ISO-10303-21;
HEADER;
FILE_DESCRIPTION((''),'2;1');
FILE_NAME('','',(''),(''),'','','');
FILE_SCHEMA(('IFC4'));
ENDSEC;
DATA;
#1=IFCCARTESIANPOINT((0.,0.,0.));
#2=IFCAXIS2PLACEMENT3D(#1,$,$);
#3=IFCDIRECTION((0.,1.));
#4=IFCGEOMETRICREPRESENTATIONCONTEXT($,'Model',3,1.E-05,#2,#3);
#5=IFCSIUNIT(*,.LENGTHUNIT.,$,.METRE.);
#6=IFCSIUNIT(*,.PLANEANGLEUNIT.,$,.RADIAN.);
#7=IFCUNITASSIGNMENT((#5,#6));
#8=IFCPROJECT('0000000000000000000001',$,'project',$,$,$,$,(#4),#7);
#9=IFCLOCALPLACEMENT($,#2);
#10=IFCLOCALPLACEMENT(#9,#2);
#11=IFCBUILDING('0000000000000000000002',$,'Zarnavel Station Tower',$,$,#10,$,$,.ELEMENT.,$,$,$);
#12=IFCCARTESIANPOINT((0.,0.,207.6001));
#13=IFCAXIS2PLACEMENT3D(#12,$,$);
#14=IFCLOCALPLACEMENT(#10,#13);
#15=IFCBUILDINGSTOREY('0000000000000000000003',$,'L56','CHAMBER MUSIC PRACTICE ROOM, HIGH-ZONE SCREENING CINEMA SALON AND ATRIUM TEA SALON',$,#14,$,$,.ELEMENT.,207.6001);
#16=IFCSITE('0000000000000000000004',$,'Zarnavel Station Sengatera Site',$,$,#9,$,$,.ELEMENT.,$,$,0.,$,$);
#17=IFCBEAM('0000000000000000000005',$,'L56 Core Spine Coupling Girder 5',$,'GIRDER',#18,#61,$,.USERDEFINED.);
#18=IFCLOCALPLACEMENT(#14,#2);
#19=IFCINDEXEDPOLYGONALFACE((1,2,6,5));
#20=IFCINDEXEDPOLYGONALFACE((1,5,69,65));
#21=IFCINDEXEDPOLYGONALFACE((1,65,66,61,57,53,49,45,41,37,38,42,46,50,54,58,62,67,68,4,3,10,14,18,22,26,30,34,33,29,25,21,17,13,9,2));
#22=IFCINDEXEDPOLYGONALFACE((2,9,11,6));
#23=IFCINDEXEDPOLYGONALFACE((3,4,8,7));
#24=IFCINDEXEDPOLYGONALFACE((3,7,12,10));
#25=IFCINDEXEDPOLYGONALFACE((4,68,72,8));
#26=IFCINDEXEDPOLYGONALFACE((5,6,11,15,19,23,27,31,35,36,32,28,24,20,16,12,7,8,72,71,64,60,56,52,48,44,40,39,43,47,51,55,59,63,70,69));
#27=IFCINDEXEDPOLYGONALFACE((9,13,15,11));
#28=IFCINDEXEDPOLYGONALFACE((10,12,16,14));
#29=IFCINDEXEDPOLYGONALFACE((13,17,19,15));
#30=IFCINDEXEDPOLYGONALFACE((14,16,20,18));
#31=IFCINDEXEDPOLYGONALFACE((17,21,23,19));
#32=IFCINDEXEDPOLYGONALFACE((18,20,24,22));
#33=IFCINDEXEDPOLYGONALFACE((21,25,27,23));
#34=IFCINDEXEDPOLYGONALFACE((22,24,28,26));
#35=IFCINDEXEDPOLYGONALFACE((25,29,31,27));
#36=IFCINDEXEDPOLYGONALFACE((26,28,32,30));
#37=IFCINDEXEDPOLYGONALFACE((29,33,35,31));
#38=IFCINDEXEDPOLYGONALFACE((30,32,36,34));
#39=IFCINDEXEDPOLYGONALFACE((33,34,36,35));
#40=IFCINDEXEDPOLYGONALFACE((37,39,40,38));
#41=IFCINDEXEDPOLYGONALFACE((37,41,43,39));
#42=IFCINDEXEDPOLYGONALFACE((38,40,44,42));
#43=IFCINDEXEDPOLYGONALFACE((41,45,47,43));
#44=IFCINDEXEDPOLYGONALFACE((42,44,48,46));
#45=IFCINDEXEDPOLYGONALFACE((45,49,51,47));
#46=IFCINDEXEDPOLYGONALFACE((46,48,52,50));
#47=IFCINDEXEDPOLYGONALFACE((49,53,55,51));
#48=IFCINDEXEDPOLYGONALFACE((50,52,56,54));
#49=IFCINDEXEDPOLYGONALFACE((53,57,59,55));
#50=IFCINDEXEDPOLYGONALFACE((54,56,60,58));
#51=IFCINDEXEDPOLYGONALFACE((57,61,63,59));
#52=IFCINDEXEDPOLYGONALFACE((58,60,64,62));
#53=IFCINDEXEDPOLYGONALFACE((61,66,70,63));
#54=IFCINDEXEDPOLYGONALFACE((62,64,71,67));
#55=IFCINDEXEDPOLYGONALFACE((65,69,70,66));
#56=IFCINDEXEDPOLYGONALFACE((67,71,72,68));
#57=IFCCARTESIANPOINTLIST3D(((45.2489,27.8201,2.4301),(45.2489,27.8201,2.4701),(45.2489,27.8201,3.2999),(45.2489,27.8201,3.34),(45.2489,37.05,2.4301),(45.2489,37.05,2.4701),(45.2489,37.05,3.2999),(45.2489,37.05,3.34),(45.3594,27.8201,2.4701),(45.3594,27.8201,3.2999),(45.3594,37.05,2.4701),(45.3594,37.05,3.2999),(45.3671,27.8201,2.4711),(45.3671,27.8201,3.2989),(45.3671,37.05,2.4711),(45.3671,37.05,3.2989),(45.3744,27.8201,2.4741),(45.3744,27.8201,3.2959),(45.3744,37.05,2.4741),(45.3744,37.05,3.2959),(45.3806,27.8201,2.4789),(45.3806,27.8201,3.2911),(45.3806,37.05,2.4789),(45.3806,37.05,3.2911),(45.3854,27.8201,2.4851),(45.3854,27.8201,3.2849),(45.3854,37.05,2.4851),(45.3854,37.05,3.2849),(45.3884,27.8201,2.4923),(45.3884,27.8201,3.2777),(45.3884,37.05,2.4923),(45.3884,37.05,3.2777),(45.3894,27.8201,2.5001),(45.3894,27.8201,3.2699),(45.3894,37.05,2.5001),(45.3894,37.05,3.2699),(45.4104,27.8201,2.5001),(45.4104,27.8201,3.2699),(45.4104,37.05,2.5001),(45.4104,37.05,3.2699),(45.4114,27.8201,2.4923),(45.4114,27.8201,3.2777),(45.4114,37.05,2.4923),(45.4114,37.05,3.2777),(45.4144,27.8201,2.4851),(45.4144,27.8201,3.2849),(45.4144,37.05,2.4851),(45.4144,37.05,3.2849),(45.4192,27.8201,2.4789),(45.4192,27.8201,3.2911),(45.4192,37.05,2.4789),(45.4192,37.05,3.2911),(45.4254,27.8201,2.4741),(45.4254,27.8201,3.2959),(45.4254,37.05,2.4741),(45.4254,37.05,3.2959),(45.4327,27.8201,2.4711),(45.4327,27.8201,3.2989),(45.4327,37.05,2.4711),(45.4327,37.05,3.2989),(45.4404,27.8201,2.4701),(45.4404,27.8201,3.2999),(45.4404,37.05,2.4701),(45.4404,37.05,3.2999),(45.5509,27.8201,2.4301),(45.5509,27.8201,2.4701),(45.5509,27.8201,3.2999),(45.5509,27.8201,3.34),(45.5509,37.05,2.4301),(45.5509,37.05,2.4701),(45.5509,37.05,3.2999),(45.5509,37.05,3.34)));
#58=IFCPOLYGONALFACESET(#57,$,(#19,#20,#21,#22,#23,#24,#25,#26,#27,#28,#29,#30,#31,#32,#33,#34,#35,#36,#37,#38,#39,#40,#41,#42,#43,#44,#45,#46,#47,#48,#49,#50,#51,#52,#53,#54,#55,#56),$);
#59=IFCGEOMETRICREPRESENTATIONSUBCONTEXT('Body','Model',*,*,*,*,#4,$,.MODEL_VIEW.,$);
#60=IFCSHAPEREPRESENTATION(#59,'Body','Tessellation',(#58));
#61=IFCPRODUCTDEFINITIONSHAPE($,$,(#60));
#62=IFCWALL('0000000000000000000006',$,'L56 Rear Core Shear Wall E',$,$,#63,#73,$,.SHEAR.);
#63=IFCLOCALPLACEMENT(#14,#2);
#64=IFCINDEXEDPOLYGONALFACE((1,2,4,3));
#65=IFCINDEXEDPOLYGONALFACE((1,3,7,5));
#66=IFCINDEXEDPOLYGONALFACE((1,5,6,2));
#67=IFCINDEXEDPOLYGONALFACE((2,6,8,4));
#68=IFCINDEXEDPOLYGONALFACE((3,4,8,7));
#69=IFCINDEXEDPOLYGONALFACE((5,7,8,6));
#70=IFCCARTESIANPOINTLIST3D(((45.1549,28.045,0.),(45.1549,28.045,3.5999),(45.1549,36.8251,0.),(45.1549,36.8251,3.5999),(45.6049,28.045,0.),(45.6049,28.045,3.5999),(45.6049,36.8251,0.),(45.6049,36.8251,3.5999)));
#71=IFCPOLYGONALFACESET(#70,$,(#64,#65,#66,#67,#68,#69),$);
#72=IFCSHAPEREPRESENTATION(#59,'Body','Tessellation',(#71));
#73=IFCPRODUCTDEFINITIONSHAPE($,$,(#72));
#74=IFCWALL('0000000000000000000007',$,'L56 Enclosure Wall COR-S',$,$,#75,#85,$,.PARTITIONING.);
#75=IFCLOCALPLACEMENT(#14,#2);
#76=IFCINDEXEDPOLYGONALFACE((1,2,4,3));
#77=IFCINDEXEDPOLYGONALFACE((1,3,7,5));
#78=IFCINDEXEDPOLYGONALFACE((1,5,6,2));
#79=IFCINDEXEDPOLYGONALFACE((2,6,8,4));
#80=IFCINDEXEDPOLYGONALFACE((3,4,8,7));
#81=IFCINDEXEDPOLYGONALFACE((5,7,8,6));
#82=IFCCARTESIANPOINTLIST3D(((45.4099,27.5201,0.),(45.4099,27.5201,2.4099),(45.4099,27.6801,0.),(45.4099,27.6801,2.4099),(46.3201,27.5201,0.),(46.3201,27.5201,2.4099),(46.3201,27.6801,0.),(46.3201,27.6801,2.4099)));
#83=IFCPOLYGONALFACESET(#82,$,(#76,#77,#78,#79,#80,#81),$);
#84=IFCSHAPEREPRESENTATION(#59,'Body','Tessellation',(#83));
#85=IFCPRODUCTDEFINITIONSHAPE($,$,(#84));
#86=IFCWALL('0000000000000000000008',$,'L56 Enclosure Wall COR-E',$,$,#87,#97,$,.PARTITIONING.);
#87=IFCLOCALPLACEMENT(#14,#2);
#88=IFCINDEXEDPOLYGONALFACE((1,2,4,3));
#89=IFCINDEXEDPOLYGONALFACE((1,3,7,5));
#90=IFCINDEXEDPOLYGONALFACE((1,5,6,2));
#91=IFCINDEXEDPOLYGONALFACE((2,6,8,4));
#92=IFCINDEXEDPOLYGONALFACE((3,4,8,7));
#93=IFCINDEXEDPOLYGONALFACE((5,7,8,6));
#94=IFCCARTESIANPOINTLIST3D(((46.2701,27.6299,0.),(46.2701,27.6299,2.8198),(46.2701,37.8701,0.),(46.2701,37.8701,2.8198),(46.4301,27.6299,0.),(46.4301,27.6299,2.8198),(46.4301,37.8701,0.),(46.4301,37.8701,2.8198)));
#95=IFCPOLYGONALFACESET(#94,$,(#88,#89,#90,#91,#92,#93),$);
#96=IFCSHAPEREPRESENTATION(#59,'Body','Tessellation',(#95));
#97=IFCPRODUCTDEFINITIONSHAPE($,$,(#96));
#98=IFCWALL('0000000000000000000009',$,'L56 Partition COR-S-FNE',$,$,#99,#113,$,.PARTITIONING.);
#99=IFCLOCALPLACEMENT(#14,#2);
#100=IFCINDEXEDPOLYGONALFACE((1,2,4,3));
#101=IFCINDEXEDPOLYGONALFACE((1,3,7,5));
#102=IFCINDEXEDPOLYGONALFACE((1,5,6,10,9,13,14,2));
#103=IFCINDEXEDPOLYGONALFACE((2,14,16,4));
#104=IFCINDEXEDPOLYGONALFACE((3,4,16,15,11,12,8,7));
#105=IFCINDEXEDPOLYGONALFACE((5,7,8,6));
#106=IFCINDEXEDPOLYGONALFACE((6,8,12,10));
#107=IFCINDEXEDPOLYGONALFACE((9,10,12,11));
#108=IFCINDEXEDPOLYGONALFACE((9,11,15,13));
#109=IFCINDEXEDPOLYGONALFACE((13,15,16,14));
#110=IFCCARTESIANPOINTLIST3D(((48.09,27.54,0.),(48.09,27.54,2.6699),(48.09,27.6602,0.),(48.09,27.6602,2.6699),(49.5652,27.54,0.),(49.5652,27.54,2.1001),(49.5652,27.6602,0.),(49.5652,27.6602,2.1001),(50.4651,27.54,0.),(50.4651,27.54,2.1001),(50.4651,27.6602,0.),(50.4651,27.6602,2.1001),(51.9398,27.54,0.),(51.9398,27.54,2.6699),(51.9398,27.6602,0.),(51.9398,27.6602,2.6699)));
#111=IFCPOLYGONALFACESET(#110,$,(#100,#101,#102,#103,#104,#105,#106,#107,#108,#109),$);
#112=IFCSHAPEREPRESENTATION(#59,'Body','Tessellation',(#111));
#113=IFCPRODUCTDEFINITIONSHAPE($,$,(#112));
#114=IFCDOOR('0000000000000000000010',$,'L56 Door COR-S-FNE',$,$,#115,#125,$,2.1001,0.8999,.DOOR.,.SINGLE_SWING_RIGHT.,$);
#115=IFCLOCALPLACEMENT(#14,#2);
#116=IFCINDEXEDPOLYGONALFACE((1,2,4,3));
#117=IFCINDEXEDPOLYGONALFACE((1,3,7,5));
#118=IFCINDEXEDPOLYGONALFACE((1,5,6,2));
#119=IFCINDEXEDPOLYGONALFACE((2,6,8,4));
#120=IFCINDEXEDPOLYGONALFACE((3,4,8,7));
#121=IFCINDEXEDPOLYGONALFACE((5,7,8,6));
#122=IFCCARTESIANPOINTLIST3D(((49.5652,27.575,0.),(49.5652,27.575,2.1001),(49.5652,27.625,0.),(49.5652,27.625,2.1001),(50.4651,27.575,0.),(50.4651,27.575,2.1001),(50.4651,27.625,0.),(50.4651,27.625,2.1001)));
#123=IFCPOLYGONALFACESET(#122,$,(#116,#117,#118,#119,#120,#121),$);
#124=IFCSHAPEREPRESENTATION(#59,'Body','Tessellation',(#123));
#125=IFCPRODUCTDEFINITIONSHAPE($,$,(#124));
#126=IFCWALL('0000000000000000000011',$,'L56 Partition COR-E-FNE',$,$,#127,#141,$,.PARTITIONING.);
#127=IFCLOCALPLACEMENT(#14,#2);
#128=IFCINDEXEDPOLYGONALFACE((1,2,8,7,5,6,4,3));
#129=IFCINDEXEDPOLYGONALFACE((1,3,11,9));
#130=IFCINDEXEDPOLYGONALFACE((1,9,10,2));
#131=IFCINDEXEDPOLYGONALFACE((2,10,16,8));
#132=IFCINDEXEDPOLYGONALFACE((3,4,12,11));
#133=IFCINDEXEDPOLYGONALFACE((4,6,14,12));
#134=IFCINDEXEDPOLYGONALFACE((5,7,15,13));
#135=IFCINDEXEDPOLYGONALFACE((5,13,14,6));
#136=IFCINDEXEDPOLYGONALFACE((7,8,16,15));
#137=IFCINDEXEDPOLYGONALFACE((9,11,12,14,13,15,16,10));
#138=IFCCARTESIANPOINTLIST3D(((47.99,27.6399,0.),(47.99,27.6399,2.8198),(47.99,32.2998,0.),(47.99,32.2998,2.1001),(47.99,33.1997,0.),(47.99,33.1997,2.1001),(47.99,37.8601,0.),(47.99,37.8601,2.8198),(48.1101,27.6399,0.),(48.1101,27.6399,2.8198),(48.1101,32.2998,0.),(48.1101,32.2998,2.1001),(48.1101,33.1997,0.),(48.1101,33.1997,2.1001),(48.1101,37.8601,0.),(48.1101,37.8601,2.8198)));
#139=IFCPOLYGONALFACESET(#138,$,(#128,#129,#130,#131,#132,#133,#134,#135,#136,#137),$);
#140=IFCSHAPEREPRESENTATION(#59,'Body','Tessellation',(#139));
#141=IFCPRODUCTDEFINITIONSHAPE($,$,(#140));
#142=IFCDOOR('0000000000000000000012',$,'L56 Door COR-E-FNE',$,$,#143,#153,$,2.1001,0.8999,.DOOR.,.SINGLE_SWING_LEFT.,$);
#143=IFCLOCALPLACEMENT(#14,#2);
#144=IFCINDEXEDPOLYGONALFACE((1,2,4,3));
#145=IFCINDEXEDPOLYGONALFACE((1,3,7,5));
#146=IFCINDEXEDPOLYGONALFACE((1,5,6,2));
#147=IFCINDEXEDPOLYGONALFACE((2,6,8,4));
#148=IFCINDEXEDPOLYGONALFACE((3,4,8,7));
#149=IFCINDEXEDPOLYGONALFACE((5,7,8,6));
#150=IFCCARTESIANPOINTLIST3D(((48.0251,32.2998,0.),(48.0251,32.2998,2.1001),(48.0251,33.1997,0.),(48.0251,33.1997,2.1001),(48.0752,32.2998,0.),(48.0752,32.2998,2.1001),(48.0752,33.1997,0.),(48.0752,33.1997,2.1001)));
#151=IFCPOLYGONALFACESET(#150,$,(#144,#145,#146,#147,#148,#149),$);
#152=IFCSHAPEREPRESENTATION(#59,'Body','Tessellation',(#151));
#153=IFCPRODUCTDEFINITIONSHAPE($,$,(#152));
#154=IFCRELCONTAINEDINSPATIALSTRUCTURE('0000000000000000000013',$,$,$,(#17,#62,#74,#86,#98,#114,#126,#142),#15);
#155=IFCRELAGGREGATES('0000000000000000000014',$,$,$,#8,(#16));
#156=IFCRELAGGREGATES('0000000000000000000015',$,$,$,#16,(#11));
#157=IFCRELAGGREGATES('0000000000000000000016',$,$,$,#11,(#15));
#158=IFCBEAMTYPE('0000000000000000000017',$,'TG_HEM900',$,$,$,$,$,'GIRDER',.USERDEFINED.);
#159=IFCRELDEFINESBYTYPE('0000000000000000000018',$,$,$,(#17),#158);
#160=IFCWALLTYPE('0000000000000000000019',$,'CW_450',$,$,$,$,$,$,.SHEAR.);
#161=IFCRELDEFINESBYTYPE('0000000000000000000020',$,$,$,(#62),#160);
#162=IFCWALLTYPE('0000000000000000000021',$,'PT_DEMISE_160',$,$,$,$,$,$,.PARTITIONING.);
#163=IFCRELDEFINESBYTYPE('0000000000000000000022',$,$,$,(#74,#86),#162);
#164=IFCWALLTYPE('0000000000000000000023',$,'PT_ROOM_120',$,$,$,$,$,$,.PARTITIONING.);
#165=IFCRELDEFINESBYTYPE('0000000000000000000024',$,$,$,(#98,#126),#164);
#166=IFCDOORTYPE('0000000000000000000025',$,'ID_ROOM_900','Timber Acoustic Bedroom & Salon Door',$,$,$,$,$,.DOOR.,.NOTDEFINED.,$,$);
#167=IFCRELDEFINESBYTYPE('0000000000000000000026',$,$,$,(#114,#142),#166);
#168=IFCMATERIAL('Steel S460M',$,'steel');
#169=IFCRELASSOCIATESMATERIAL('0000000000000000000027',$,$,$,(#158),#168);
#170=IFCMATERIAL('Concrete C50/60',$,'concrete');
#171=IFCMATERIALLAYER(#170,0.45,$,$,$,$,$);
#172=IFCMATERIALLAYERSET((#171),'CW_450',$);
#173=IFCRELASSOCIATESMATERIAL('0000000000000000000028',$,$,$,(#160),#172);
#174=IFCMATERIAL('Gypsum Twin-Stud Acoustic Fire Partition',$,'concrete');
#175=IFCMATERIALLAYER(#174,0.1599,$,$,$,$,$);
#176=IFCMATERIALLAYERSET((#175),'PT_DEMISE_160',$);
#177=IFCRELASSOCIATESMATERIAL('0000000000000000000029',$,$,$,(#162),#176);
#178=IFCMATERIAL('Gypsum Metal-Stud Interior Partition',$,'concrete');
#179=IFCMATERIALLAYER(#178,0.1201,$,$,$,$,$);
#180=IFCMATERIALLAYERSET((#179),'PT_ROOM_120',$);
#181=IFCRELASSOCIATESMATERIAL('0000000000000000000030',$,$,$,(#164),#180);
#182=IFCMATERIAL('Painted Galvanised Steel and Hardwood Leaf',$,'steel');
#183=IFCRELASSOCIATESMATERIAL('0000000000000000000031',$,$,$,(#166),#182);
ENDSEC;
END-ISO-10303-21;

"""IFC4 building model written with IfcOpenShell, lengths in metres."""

from ifc_helpers import new_model, si_unit, direction, frame, frame_2d, origin, origin_2d, place, context, subcontext, project, spatial, rectangle, i_section, extrude, material, layer, layer_set, material_profile, profile_set, type_object, element, fill, save


model = new_model("IFC4")

# Units and contexts
model_context = context("Model", 3, precision=1e-05, world=origin(), true_north=direction((0.0, 1.0)))
body_context = subcontext(model_context, "Body", "Model", "MODEL_VIEW")
ifc_project = project(units=[si_unit("LENGTHUNIT", "METRE"), si_unit("PLANEANGLEUNIT", "RADIAN")], contexts=[model_context])

# Site, building, storey
site_placement = place(None, origin())
site = spatial("IfcSite", under=ifc_project, at=site_placement, Name="Zarnavel Station Sengatera Site", CompositionType="ELEMENT", RefElevation=0.0)
building_placement = place(site_placement, origin())
building = spatial("IfcBuilding", under=site, at=building_placement, Name="Zarnavel Station Tower", CompositionType="ELEMENT")
storey_placement = place(building_placement, frame((0.0, 0.0, 207.6001)))
storey = spatial("IfcBuildingStorey", under=building, at=storey_placement, Name="L56", Description="CHAMBER MUSIC PRACTICE ROOM, HIGH-ZONE SCREENING CINEMA SALON AND ATRIUM TEA SALON", CompositionType="ELEMENT", Elevation=207.6001)

# Beam
ifc_material_1 = material(Name="Steel S460M", Category="steel")
ifc_material_profile_1 = material_profile(ifc_material_1, i_section(OverallWidth=0.302, OverallDepth=0.9099, WebThickness=0.021, FlangeThickness=0.04, FilletRadius=0.03, at=origin_2d()), Name="HEM900")
ifc_profile_set_1 = profile_set([ifc_material_profile_1], Name="Steel S460M")
beam_type_1 = type_object("IfcBeamType", Name="TG_HEM900", ElementType="GIRDER", PredefinedType="USERDEFINED", material=ifc_profile_set_1)
beam_1_placement = place(storey_placement, frame((45.3999, 27.8201, 2.885), z_axis=(0.0, 1.0, 0.0), x_axis=(-1.0, 0.0, 0.0)))
element("IfcBeam", 1, at=beam_1_placement, inside=storey, type_object=beam_type_1, Name="L56 Core Spine Coupling Girder 5", ObjectType="GIRDER", PredefinedType="USERDEFINED", context=body_context, shape_type="SweptSolid", body=[
    extrude(i_section(OverallWidth=0.302, OverallDepth=0.9099, WebThickness=0.021, FlangeThickness=0.04, FilletRadius=0.03, at=origin_2d()), origin(), (0.0, 0.0, 1.0), 9.23),
])

# Shared definitions
ifc_material_2 = material(Name="Concrete C50/60", Category="concrete")
ifc_layer_1 = layer(ifc_material_2, 0.45)
ifc_layer_set_1 = layer_set([ifc_layer_1], Name="CW_450")
wall_type_1 = type_object("IfcWallType", Name="CW_450", PredefinedType="SHEAR", material=ifc_layer_set_1)

# Wall
wall_1_placement = place(storey_placement, frame((45.3799, 28.0449, 0.0), z_axis=(0.0, 0.0, 1.0), x_axis=(0.0, 1.0, 0.0)))
element("IfcWall", 2, at=wall_1_placement, inside=storey, type_object=wall_type_1, Name="L56 Rear Core Shear Wall E", PredefinedType="SHEAR", context=body_context, shape_type="SweptSolid", body=[
    extrude(rectangle(XDim=8.78, YDim=0.45, at=frame_2d((4.3901, 0.0))), origin(), (0.0, 0.0, 1.0), 3.5999),
])

# Shared definitions
ifc_material_3 = material(Name="Gypsum Twin-Stud Acoustic Fire Partition", Category="concrete")
ifc_layer_2 = layer(ifc_material_3, 0.1599)
ifc_layer_set_2 = layer_set([ifc_layer_2], Name="PT_DEMISE_160")
wall_type_2 = type_object("IfcWallType", Name="PT_DEMISE_160", PredefinedType="PARTITIONING", material=ifc_layer_set_2)

# Walls
wall_2_placement = place(storey_placement, frame((45.4099, 27.6001, 0.0), z_axis=(0.0, 0.0, 1.0), x_axis=(1.0, 0.0, 0.0)))
element("IfcWall", 3, at=wall_2_placement, inside=storey, type_object=wall_type_2, Name="L56 Enclosure Wall COR-S", PredefinedType="PARTITIONING", context=body_context, shape_type="SweptSolid", body=[
    extrude(rectangle(XDim=0.9102, YDim=0.1599, at=frame_2d((0.4551, 0.0))), origin(), (0.0, 0.0, 1.0), 2.4099),
])
wall_3_placement = place(storey_placement, frame((46.3501, 27.6299, 0.0), z_axis=(0.0, 0.0, 1.0), x_axis=(0.0, 1.0, 0.0)))
element("IfcWall", 4, at=wall_3_placement, inside=storey, type_object=wall_type_2, Name="L56 Enclosure Wall COR-E", PredefinedType="PARTITIONING", context=body_context, shape_type="SweptSolid", body=[
    extrude(rectangle(XDim=10.2402, YDim=0.1599, at=frame_2d((5.1201, 0.0))), origin(), (0.0, 0.0, 1.0), 2.8198),
])

# Walls, openings, doors
ifc_material_4 = material(Name="Gypsum Metal-Stud Interior Partition", Category="concrete")
ifc_layer_3 = layer(ifc_material_4, 0.1201)
ifc_layer_set_3 = layer_set([ifc_layer_3], Name="PT_ROOM_120")
wall_type_3 = type_object("IfcWallType", Name="PT_ROOM_120", PredefinedType="PARTITIONING", material=ifc_layer_set_3)
wall_4_placement = place(storey_placement, frame((48.0901, 27.6001, 0.0), z_axis=(0.0, 0.0, 1.0), x_axis=(1.0, 0.0, 0.0)))
wall_4 = element("IfcWall", 5, at=wall_4_placement, inside=storey, type_object=wall_type_3, Name="L56 Partition COR-S-FNE", PredefinedType="PARTITIONING", context=body_context, shape_type="SweptSolid", body=[
    extrude(rectangle(XDim=3.8499, YDim=0.1201, at=frame_2d((1.9248, 0.0))), origin(), (0.0, 0.0, 1.0), 2.6699),
])
opening_1_placement = place(wall_4_placement, frame((1.4751, 0.0, 0.0)))
opening_1 = element("IfcOpeningElement", 6, at=opening_1_placement, cuts=wall_4, PredefinedType="OPENING", context=body_context, shape_type="SweptSolid", body=[
    extrude(rectangle(XDim=0.8999, YDim=2.1001, at=frame_2d((0.45, 1.05))), frame((0.0, 0.0701, 0.0), z_axis=(0.0, -1.0, 0.0), x_axis=(1.0, 0.0, 0.0)), (0.0, 0.0, 1.0), 0.1401),
])
ifc_material_5 = material(Name="Painted Galvanised Steel and Hardwood Leaf", Category="steel")
door_type_1 = type_object("IfcDoorType", Name="ID_ROOM_900", Description="Timber Acoustic Bedroom & Salon Door", OperationType="NOTDEFINED", PredefinedType="DOOR", material=ifc_material_5)
door_1_placement = place(opening_1_placement, origin())
door_1 = element("IfcDoor", 7, at=door_1_placement, inside=storey, type_object=door_type_1, Name="L56 Door COR-S-FNE", OperationType="SINGLE_SWING_RIGHT", OverallHeight=2.1001, OverallWidth=0.8999, PredefinedType="DOOR", context=body_context, shape_type="SweptSolid", body=[
    extrude(rectangle(XDim=0.8999, YDim=2.1001, at=frame_2d((0.45, 1.05))), frame((0.0, 0.0249, 0.0), z_axis=(0.0, -1.0, 0.0), x_axis=(1.0, 0.0, 0.0)), (0.0, 0.0, 1.0), 0.05),
])
fill(opening_1, door_1)
wall_5_placement = place(storey_placement, frame((48.05, 27.6399, 0.0), z_axis=(0.0, 0.0, 1.0), x_axis=(0.0, 1.0, 0.0)))
wall_5 = element("IfcWall", 8, at=wall_5_placement, inside=storey, type_object=wall_type_3, Name="L56 Partition COR-E-FNE", PredefinedType="PARTITIONING", context=body_context, shape_type="SweptSolid", body=[
    extrude(rectangle(XDim=10.2202, YDim=0.1201, at=frame_2d((5.1101, 0.0))), origin(), (0.0, 0.0, 1.0), 2.8198),
])
opening_2_placement = place(wall_5_placement, frame((4.6599, 0.0, 0.0)))
opening_2 = element("IfcOpeningElement", 9, at=opening_2_placement, cuts=wall_5, PredefinedType="OPENING", context=body_context, shape_type="SweptSolid", body=[
    extrude(rectangle(XDim=0.8999, YDim=2.1001, at=frame_2d((0.45, 1.05))), frame((0.0, 0.0701, 0.0), z_axis=(0.0, -1.0, 0.0), x_axis=(1.0, 0.0, 0.0)), (0.0, 0.0, 1.0), 0.1401),
])
door_2_placement = place(opening_2_placement, origin())
door_2 = element("IfcDoor", 10, at=door_2_placement, inside=storey, type_object=door_type_1, Name="L56 Door COR-E-FNE", OperationType="SINGLE_SWING_LEFT", OverallHeight=2.1001, OverallWidth=0.8999, PredefinedType="DOOR", context=body_context, shape_type="SweptSolid", body=[
    extrude(rectangle(XDim=0.8999, YDim=2.1001, at=frame_2d((0.45, 1.05))), frame((0.0, 0.0249, 0.0), z_axis=(0.0, -1.0, 0.0), x_axis=(1.0, 0.0, 0.0)), (0.0, 0.0, 1.0), 0.05),
])
fill(opening_2, door_2)

save(model, "model.ifc")
